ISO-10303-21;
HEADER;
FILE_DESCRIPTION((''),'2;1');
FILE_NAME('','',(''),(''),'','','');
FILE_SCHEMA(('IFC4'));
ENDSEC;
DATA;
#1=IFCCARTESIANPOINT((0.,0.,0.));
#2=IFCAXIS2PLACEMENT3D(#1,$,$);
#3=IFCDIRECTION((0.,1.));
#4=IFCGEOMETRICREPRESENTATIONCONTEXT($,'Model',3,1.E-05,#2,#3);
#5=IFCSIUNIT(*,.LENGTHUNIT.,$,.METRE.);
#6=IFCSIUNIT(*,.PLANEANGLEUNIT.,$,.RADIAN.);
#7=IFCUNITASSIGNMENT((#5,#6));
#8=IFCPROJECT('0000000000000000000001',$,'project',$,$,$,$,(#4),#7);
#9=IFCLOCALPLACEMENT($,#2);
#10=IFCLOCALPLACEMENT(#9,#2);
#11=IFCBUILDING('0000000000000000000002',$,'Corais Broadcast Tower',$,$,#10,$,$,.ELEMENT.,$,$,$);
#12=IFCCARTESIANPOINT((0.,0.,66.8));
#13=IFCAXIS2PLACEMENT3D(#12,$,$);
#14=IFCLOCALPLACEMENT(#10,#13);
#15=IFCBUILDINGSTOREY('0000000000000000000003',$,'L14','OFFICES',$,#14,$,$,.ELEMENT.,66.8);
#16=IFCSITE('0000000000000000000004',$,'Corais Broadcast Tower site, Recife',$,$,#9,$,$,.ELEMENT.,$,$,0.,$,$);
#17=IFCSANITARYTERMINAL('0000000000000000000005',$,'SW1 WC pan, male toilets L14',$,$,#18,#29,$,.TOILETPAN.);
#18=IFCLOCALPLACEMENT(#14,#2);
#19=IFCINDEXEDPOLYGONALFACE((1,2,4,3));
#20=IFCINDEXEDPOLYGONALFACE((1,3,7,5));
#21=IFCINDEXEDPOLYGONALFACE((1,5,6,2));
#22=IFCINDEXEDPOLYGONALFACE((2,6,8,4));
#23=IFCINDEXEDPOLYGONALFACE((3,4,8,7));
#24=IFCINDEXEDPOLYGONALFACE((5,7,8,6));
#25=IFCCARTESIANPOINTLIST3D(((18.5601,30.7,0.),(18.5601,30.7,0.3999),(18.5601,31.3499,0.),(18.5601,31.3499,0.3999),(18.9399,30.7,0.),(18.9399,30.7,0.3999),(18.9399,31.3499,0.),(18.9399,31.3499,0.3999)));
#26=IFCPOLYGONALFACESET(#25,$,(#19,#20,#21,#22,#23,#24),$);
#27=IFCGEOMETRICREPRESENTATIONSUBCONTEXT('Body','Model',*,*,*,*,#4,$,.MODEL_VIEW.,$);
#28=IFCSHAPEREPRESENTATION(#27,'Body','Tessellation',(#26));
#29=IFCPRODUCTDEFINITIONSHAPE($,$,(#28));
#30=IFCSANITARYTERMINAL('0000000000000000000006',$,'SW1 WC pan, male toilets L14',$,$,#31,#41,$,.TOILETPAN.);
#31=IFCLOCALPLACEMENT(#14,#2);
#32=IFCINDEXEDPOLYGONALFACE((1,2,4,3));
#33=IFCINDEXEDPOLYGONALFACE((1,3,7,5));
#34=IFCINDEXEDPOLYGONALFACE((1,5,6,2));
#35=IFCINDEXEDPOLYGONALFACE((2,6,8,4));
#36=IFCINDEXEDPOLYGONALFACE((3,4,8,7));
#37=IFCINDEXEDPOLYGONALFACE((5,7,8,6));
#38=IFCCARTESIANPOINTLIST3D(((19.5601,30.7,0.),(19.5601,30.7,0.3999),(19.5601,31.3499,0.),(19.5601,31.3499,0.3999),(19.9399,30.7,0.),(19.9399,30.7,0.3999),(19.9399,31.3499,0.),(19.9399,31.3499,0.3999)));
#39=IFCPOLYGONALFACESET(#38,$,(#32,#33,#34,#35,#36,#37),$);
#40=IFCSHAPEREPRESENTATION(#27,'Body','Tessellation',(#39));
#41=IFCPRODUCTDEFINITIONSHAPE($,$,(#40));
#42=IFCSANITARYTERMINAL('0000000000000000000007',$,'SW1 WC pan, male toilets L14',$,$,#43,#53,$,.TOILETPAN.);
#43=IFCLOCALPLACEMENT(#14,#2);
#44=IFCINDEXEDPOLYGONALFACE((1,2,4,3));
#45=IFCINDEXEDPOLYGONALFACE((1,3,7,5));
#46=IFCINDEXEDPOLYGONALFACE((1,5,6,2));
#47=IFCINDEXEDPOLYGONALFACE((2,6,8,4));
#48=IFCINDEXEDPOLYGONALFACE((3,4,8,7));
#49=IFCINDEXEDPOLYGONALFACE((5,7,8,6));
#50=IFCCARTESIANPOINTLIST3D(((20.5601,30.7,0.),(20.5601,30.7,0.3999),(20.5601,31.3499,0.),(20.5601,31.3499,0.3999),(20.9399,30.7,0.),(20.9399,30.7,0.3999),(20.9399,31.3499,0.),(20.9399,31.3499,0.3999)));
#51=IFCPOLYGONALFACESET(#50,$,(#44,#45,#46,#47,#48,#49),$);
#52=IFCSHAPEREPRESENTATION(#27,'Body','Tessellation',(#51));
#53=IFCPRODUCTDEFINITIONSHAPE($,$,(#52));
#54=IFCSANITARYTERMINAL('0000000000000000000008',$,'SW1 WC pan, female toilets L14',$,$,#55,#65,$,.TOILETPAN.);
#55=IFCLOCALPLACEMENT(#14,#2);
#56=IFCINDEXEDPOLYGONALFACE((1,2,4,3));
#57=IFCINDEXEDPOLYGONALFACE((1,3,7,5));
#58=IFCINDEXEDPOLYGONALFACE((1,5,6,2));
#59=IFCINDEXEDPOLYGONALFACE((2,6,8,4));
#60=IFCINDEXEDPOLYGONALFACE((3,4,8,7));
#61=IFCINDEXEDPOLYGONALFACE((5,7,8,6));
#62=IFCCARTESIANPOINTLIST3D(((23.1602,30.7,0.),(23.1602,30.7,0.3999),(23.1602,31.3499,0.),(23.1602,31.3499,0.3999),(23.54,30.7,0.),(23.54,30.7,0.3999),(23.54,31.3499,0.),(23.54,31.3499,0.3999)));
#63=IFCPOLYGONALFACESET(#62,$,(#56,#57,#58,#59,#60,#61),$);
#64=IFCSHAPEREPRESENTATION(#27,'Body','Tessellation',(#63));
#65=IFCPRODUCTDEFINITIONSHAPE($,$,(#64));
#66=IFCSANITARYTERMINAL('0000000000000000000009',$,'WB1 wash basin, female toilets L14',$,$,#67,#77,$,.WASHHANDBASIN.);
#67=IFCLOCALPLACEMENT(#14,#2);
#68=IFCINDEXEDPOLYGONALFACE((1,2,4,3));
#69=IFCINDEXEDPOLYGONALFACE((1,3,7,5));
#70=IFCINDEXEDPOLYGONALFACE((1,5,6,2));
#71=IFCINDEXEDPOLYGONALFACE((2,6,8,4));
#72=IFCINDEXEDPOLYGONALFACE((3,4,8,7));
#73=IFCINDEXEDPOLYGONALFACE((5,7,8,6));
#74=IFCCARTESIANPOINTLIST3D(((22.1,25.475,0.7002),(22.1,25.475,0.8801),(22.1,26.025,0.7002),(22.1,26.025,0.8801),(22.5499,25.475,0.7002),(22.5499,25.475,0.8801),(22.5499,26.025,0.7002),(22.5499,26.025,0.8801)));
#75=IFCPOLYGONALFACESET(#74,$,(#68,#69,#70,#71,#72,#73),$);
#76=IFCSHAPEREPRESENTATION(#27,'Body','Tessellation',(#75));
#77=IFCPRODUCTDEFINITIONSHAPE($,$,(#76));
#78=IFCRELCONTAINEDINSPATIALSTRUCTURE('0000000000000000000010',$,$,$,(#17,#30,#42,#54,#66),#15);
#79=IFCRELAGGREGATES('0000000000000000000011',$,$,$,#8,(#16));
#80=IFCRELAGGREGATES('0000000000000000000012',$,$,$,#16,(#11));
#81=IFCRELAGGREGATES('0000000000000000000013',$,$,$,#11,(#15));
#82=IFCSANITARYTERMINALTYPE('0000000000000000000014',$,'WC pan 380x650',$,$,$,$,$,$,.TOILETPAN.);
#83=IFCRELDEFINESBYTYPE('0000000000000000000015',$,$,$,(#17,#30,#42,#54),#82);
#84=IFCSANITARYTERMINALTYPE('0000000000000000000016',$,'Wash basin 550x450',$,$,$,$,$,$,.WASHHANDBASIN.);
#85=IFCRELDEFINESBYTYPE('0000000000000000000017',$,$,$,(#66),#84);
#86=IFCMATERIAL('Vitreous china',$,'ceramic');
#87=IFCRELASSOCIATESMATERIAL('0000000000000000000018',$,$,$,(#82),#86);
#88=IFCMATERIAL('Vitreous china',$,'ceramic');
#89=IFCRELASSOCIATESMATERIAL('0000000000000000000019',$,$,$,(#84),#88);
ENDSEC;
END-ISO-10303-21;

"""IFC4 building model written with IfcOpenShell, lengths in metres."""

from ifc_helpers import new_model, si_unit, direction, frame, origin, origin_2d, place, context, subcontext, project, spatial, rectangle, extrude, material, type_object, element, save


model = new_model("IFC4")

# Units and contexts
model_context = context("Model", 3, precision=1e-05, world=origin(), true_north=direction((0.0, 1.0)))
body_context = subcontext(model_context, "Body", "Model", "MODEL_VIEW")
ifc_project = project(units=[si_unit("LENGTHUNIT", "METRE"), si_unit("PLANEANGLEUNIT", "RADIAN")], contexts=[model_context])

# Site, building, storey
site_placement = place(None, origin())
site = spatial("IfcSite", under=ifc_project, at=site_placement, Name="Corais Broadcast Tower site, Recife", CompositionType="ELEMENT", RefElevation=0.0)
building_placement = place(site_placement, origin())
building = spatial("IfcBuilding", under=site, at=building_placement, Name="Corais Broadcast Tower", CompositionType="ELEMENT")
storey_placement = place(building_placement, frame((0.0, 0.0, 66.8)))
storey = spatial("IfcBuildingStorey", under=building, at=storey_placement, Name="L14", Description="OFFICES", CompositionType="ELEMENT", Elevation=66.8)

# Sanitary terminals
ifc_material_1 = material(Name="Vitreous china", Category="ceramic")
sanitary_terminal_type_1 = type_object("IfcSanitaryTerminalType", Name="WC pan 380x650", PredefinedType="TOILETPAN", material=ifc_material_1)
for number, where, z_axis, x_axis, name in (
    (1, (18.75, 31.0249, 0.0), (0.0, 0.0, 1.0), (1.0, 0.0, 0.0), "SW1 WC pan, male toilets L14"),
    (2, (19.75, 31.0249, 0.0), (0.0, 0.0, 1.0), (1.0, 0.0, 0.0), "SW1 WC pan, male toilets L14"),
    (3, (20.75, 31.0249, 0.0), (0.0, 0.0, 1.0), (1.0, 0.0, 0.0), "SW1 WC pan, male toilets L14"),
    (4, (23.3501, 31.0249, 0.0), (0.0, 0.0, 1.0), (1.0, 0.0, 0.0), "SW1 WC pan, female toilets L14"),
):
    element("IfcSanitaryTerminal", number, at=place(storey_placement, frame(where, z_axis=z_axis, x_axis=x_axis)), inside=storey, type_object=sanitary_terminal_type_1, Name=name, PredefinedType="TOILETPAN", context=body_context, shape_type="SweptSolid", body=[
        extrude(rectangle(XDim=0.3799, YDim=0.6499, at=origin_2d()), origin(), (0.0, 0.0, 1.0), 0.3999),
    ])
ifc_material_2 = material(Name="Vitreous china", Category="ceramic")
sanitary_terminal_type_2 = type_object("IfcSanitaryTerminalType", Name="Wash basin 550x450", PredefinedType="WASHHANDBASIN", material=ifc_material_2)
sanitary_terminal_placement = place(storey_placement, frame((22.325, 25.75, 0.7002), z_axis=(0.0, 0.0, 1.0), x_axis=(1.0, 0.0, 0.0)))
element("IfcSanitaryTerminal", 5, at=sanitary_terminal_placement, inside=storey, type_object=sanitary_terminal_type_2, Name="WB1 wash basin, female toilets L14", PredefinedType="WASHHANDBASIN", context=body_context, shape_type="SweptSolid", body=[
    extrude(rectangle(XDim=0.45, YDim=0.55, at=origin_2d()), origin(), (0.0, 0.0, 1.0), 0.1799),
])

save(model, "model.ifc")
